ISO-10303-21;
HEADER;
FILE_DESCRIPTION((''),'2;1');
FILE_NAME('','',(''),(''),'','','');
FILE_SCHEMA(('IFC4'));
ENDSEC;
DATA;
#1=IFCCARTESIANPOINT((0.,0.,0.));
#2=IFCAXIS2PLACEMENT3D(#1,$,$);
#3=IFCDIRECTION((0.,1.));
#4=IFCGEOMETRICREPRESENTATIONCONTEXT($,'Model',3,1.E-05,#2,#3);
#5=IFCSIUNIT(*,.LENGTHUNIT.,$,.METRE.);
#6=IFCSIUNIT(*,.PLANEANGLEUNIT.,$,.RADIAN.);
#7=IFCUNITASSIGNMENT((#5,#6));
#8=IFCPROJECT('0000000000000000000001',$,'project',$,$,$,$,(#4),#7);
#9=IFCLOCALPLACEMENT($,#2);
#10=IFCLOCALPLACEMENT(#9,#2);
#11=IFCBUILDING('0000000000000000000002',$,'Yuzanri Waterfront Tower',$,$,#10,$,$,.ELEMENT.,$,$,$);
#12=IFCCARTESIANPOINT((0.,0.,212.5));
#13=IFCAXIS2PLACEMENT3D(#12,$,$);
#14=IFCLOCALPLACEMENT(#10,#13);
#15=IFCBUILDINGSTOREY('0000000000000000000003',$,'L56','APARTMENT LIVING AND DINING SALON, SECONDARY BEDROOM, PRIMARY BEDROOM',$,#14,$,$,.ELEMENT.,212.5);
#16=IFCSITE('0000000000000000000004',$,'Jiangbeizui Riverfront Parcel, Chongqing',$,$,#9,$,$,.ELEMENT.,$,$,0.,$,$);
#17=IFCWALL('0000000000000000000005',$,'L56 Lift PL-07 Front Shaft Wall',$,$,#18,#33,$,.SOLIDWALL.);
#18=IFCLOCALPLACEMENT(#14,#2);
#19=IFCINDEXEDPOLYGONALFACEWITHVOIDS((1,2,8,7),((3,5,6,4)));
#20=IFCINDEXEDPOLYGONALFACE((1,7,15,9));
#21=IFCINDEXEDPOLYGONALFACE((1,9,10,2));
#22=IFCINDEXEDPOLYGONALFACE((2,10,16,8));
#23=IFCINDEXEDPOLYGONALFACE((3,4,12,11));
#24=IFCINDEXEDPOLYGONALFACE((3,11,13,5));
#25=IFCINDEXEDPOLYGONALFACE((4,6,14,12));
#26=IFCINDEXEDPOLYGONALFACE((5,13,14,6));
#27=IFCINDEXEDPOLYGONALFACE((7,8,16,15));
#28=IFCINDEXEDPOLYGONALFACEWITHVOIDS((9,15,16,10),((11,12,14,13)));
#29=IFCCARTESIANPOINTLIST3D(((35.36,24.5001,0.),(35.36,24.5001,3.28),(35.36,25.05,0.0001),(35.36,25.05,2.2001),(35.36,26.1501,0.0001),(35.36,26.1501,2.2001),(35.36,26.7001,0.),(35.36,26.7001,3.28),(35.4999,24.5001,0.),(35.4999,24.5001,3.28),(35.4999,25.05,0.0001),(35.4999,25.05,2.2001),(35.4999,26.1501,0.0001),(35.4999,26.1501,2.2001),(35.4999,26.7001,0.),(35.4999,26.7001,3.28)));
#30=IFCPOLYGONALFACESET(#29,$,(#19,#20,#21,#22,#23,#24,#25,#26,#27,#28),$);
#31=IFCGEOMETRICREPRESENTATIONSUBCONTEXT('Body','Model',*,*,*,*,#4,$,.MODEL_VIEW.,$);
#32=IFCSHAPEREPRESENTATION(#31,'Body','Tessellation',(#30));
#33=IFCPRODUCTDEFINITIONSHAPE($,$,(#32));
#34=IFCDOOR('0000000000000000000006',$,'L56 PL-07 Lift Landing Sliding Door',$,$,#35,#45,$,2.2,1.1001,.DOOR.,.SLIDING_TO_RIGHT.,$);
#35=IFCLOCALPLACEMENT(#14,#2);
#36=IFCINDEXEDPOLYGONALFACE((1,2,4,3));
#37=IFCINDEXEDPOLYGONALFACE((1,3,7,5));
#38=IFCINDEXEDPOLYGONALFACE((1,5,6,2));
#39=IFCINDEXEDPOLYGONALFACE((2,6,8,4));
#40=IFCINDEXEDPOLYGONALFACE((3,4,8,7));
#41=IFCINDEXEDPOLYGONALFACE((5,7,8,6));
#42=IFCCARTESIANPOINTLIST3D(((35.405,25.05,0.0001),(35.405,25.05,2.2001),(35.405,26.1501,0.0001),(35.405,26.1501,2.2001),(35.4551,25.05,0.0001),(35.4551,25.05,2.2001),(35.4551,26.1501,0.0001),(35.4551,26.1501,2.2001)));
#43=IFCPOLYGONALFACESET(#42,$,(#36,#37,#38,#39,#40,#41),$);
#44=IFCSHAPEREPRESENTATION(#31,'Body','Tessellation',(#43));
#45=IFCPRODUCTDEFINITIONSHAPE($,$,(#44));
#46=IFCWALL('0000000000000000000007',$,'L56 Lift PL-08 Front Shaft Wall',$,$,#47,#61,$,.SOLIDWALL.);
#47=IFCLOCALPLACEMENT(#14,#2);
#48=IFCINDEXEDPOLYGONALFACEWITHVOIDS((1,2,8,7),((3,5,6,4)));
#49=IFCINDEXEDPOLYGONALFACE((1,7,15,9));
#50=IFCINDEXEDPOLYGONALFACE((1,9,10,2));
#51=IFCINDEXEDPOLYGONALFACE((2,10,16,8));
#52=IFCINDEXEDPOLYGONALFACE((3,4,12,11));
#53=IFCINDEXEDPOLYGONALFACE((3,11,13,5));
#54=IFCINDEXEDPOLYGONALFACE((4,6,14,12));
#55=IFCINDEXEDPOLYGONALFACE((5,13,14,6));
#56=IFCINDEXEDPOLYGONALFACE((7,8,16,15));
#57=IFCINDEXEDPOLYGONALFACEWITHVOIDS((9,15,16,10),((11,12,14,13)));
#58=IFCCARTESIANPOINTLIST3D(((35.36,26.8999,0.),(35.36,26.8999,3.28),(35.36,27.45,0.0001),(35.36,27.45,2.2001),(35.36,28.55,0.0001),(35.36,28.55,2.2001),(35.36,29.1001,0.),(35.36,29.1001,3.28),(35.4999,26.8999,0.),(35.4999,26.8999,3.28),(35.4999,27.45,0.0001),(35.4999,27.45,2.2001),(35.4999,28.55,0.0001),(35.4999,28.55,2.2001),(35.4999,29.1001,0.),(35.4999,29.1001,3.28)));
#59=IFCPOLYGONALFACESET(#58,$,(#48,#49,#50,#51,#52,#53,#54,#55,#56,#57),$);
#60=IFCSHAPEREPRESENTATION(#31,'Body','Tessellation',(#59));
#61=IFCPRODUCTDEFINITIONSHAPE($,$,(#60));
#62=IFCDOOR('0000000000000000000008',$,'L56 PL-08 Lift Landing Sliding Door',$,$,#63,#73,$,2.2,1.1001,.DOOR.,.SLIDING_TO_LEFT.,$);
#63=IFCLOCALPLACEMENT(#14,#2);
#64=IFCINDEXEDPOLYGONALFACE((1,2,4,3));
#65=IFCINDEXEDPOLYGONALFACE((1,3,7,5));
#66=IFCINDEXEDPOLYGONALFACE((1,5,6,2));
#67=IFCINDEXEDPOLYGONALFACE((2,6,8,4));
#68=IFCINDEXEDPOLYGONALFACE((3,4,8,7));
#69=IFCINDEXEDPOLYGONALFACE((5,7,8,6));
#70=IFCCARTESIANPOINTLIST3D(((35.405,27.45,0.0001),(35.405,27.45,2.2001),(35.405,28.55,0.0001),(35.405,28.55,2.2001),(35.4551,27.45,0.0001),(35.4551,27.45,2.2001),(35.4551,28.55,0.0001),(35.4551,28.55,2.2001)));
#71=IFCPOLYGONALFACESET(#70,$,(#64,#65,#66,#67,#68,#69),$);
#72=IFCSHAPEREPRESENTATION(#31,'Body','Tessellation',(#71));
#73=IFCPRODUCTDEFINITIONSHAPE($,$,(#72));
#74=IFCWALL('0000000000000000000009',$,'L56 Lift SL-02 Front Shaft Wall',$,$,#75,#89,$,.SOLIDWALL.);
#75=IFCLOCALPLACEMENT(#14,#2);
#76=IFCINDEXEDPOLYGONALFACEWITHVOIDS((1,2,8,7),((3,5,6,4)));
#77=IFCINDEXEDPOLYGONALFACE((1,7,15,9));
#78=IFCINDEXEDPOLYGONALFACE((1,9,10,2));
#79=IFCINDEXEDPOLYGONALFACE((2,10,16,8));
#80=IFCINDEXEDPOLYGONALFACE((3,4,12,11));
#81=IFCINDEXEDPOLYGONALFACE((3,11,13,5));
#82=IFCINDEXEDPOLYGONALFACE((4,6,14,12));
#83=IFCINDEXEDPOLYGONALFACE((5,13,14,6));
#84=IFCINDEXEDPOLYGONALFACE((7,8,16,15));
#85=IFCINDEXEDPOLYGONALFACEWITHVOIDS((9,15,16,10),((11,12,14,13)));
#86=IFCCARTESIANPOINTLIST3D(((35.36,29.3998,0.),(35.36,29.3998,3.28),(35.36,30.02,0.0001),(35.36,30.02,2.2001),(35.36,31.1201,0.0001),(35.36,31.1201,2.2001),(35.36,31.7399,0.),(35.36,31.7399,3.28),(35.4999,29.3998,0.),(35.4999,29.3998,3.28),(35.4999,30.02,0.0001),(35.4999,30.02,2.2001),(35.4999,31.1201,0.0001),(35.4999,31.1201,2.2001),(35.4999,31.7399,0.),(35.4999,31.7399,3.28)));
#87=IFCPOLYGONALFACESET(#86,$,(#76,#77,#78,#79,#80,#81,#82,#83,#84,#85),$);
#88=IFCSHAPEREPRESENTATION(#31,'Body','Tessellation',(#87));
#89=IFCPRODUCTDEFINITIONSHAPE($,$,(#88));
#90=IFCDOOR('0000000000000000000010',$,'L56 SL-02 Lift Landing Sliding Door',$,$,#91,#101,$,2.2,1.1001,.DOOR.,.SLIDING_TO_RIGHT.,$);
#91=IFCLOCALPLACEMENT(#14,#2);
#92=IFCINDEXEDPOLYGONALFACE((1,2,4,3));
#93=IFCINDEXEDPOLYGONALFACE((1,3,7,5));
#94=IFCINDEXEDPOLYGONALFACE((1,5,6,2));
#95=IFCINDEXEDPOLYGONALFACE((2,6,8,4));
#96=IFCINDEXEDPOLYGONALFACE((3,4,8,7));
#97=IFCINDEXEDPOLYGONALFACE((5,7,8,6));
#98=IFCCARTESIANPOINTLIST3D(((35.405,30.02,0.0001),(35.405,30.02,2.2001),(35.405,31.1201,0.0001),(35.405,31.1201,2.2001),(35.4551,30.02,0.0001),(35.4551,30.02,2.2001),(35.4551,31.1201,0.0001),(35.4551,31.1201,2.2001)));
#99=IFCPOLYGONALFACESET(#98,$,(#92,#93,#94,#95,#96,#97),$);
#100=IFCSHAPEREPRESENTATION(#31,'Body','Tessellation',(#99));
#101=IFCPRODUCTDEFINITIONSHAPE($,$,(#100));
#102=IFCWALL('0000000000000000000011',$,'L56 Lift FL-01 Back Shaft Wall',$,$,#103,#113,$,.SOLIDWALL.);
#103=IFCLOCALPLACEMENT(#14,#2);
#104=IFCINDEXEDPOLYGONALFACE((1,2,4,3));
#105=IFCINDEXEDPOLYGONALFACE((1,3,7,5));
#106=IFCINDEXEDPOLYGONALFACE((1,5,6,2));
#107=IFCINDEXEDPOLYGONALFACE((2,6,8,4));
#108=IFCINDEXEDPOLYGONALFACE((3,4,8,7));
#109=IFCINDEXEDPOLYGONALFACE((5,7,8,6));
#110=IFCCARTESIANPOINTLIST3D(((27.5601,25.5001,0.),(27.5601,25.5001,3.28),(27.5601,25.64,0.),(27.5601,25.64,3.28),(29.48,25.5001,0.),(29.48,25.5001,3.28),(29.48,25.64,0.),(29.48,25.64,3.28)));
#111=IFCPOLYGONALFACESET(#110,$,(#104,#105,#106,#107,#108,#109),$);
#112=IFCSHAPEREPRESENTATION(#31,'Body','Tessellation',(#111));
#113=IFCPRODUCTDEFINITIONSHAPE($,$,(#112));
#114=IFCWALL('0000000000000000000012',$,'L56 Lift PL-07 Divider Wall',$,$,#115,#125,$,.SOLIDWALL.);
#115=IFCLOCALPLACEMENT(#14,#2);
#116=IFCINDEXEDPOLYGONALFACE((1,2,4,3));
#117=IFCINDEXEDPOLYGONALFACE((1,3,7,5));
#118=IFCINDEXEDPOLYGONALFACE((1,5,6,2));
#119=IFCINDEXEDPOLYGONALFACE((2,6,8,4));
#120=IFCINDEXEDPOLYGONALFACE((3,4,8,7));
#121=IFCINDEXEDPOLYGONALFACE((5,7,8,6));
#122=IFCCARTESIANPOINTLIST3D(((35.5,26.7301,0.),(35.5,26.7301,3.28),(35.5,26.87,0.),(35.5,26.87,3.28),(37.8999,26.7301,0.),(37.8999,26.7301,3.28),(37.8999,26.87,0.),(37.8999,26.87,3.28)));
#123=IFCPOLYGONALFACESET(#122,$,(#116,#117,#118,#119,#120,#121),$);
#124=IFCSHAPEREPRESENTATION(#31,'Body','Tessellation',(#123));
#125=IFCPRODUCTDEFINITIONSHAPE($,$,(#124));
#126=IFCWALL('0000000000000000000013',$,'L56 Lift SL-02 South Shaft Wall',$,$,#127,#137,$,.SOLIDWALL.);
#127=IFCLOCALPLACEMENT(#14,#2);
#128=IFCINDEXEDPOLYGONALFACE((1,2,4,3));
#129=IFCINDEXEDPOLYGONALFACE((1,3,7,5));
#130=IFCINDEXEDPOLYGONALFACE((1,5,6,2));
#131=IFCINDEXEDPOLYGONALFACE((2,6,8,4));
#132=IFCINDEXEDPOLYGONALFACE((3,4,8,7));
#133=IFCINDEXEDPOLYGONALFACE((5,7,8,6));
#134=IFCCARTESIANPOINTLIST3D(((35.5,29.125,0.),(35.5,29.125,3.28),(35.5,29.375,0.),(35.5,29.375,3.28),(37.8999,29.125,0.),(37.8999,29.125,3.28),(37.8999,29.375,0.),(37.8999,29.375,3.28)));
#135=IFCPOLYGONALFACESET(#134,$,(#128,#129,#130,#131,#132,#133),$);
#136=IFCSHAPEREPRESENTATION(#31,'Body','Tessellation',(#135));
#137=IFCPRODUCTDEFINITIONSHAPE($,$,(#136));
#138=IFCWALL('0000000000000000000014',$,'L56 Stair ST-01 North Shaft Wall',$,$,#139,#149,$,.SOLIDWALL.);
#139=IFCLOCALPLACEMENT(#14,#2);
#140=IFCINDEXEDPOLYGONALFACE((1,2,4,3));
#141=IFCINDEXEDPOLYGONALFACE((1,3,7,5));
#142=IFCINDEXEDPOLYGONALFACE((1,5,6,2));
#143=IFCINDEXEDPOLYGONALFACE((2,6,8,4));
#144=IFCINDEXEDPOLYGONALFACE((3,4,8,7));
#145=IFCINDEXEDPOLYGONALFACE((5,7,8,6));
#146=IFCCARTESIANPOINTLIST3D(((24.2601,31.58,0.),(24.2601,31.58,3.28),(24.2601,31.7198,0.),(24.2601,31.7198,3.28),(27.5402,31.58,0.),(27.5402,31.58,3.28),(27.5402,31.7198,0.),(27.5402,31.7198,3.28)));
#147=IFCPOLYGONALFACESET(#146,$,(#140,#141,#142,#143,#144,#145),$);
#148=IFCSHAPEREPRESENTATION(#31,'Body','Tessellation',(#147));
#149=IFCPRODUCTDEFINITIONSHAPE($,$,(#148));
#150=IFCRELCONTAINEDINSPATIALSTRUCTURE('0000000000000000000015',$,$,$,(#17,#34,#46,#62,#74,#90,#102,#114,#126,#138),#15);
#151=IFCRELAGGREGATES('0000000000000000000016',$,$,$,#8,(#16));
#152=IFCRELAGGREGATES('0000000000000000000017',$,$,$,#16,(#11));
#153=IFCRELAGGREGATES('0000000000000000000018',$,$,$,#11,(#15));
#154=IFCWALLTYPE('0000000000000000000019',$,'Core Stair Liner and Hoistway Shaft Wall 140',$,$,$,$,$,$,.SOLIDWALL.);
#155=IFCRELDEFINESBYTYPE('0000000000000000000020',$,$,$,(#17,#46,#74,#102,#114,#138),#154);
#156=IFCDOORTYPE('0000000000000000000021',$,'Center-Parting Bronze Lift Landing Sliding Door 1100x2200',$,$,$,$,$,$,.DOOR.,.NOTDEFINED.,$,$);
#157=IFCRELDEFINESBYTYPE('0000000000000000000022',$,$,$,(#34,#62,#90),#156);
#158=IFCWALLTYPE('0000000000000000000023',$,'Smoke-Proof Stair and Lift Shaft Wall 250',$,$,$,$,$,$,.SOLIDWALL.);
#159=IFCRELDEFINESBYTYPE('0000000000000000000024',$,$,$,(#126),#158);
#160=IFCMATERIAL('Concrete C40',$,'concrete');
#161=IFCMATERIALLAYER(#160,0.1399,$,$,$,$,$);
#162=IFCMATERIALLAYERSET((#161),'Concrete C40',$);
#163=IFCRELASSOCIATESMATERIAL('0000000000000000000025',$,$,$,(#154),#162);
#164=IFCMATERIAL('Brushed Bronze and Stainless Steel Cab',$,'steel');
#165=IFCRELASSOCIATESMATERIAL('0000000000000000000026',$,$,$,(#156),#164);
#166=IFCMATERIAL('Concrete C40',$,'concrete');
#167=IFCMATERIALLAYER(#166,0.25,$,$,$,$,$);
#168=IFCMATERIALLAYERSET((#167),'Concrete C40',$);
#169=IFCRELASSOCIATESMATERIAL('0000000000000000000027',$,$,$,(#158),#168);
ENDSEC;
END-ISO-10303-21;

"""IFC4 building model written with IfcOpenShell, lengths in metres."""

from ifc_helpers import new_model, si_unit, direction, frame, frame_2d, origin, place, context, subcontext, project, spatial, rectangle, extrude, source, transform, mapped, material, layer, layer_set, type_object, element, fill, save


model = new_model("IFC4")

# Units and contexts
model_context = context("Model", 3, precision=1e-05, world=origin(), true_north=direction((0.0, 1.0)))
body_context = subcontext(model_context, "Body", "Model", "MODEL_VIEW")
ifc_project = project(units=[si_unit("LENGTHUNIT", "METRE"), si_unit("PLANEANGLEUNIT", "RADIAN")], contexts=[model_context])

# Site, building, storey
site_placement = place(None, origin())
site = spatial("IfcSite", under=ifc_project, at=site_placement, Name="Jiangbeizui Riverfront Parcel, Chongqing", CompositionType="ELEMENT", RefElevation=0.0)
building_placement = place(site_placement, origin())
building = spatial("IfcBuilding", under=site, at=building_placement, Name="Yuzanri Waterfront Tower", CompositionType="ELEMENT")
storey_placement = place(building_placement, frame((0.0, 0.0, 212.5)))
storey = spatial("IfcBuildingStorey", under=building, at=storey_placement, Name="L56", Description="APARTMENT LIVING AND DINING SALON, SECONDARY BEDROOM, PRIMARY BEDROOM", CompositionType="ELEMENT", Elevation=212.5)

# Walls, openings, doors
ifc_material_1 = material(Name="Concrete C40", Category="concrete")
ifc_layer_1 = layer(ifc_material_1, 0.1399)
ifc_layer_set_1 = layer_set([ifc_layer_1], Name="Concrete C40")
wall_type_1 = type_object("IfcWallType", Name="Core Stair Liner and Hoistway Shaft Wall 140", PredefinedType="SOLIDWALL", material=ifc_layer_set_1)
wall_1_placement = place(storey_placement, frame((35.4299, 24.5, 0.0), z_axis=(0.0, 0.0, 1.0), x_axis=(0.0, 1.0, 0.0)))
wall_1 = element("IfcWall", 1, at=wall_1_placement, inside=storey, type_object=wall_type_1, Name="L56 Lift PL-07 Front Shaft Wall", PredefinedType="SOLIDWALL", context=body_context, shape_type="SweptSolid", body=[
    extrude(rectangle(XDim=2.2, YDim=0.1399, at=frame_2d((1.1001, 0.0))), origin(), (0.0, 0.0, 1.0), 3.28),
])
opening_1_placement = place(wall_1_placement, frame((0.55, 0.0, 0.0)))
opening_1 = element("IfcOpeningElement", 2, at=opening_1_placement, cuts=wall_1, PredefinedType="OPENING", context=body_context, shape_type="SweptSolid", body=[
    extrude(rectangle(XDim=1.1001, YDim=2.2, at=frame_2d((0.55, 1.1001))), frame((0.0, 0.085, 0.0), z_axis=(0.0, -1.0, 0.0), x_axis=(1.0, 0.0, 0.0)), (0.0, 0.0, 1.0), 0.1697),
])
ifc_material_2 = material(Name="Brushed Bronze and Stainless Steel Cab", Category="steel")
door_type_1 = type_object("IfcDoorType", Name="Center-Parting Bronze Lift Landing Sliding Door 1100x2200", OperationType="NOTDEFINED", PredefinedType="DOOR", material=ifc_material_2)
shared_shape_1 = source(origin(), body_context, "Body", "SweptSolid", [
    extrude(rectangle(XDim=1.1001, YDim=2.2, at=frame_2d((0.55, 1.1001))), frame((0.0, 0.0249, 0.0), z_axis=(0.0, -1.0, 0.0), x_axis=(1.0, 0.0, 0.0)), (0.0, 0.0, 1.0), 0.05),
])
door_1_placement = place(opening_1_placement, origin())
door_1 = element("IfcDoor", 3, at=door_1_placement, inside=storey, type_object=door_type_1, Name="L56 PL-07 Lift Landing Sliding Door", OperationType="SLIDING_TO_RIGHT", OverallHeight=2.2, OverallWidth=1.1001, PredefinedType="DOOR", context=body_context, shape_type="MappedRepresentation", body=[
    mapped(shared_shape_1, transform((0.0, 0.0, 0.0), scale=1.0)),
])
fill(opening_1, door_1)
wall_2_placement = place(storey_placement, frame((35.4299, 26.8999, 0.0), z_axis=(0.0, 0.0, 1.0), x_axis=(0.0, 1.0, 0.0)))
wall_2 = element("IfcWall", 4, at=wall_2_placement, inside=storey, type_object=wall_type_1, Name="L56 Lift PL-08 Front Shaft Wall", PredefinedType="SOLIDWALL", context=body_context, shape_type="SweptSolid", body=[
    extrude(rectangle(XDim=2.2002, YDim=0.1399, at=frame_2d((1.1001, 0.0))), origin(), (0.0, 0.0, 1.0), 3.28),
])
opening_2_placement = place(wall_2_placement, frame((0.55, 0.0, 0.0)))
opening_2 = element("IfcOpeningElement", 5, at=opening_2_placement, cuts=wall_2, PredefinedType="OPENING", context=body_context, shape_type="SweptSolid", body=[
    extrude(rectangle(XDim=1.1001, YDim=2.2, at=frame_2d((0.55, 1.1001))), frame((0.0, 0.085, 0.0), z_axis=(0.0, -1.0, 0.0), x_axis=(1.0, 0.0, 0.0)), (0.0, 0.0, 1.0), 0.1697),
])
door_2_placement = place(opening_2_placement, origin())
door_2 = element("IfcDoor", 6, at=door_2_placement, inside=storey, type_object=door_type_1, Name="L56 PL-08 Lift Landing Sliding Door", OperationType="SLIDING_TO_LEFT", OverallHeight=2.2, OverallWidth=1.1001, PredefinedType="DOOR", context=body_context, shape_type="MappedRepresentation", body=[
    mapped(shared_shape_1, transform((0.0, 0.0, 0.0), scale=1.0)),
])
fill(opening_2, door_2)
wall_3_placement = place(storey_placement, frame((35.4299, 29.3999, 0.0), z_axis=(0.0, 0.0, 1.0), x_axis=(0.0, 1.0, 0.0)))
wall_3 = element("IfcWall", 7, at=wall_3_placement, inside=storey, type_object=wall_type_1, Name="L56 Lift SL-02 Front Shaft Wall", PredefinedType="SOLIDWALL", context=body_context, shape_type="SweptSolid", body=[
    extrude(rectangle(XDim=2.3401, YDim=0.1399, at=frame_2d((1.1699, 0.0))), origin(), (0.0, 0.0, 1.0), 3.28),
])
opening_3_placement = place(wall_3_placement, frame((0.6201, 0.0, 0.0)))
opening_3 = element("IfcOpeningElement", 8, at=opening_3_placement, cuts=wall_3, PredefinedType="OPENING", context=body_context, shape_type="SweptSolid", body=[
    extrude(rectangle(XDim=1.1001, YDim=2.2, at=frame_2d((0.55, 1.1001))), frame((0.0, 0.085, 0.0), z_axis=(0.0, -1.0, 0.0), x_axis=(1.0, 0.0, 0.0)), (0.0, 0.0, 1.0), 0.1697),
])
door_3_placement = place(opening_3_placement, origin())
door_3 = element("IfcDoor", 9, at=door_3_placement, inside=storey, type_object=door_type_1, Name="L56 SL-02 Lift Landing Sliding Door", OperationType="SLIDING_TO_RIGHT", OverallHeight=2.2, OverallWidth=1.1001, PredefinedType="DOOR", context=body_context, shape_type="MappedRepresentation", body=[
    mapped(shared_shape_1, transform((0.0, 0.0, 0.0), scale=1.0)),
])
fill(opening_3, door_3)

# Walls
shared_shape_2 = source(origin(), body_context, "Body", "SweptSolid", [
    extrude(rectangle(XDim=1.9199, YDim=0.1399, at=frame_2d((0.96, 0.0))), origin(), (0.0, 0.0, 1.0), 3.28),
])
wall_4_placement = place(storey_placement, frame((27.5601, 25.5701, 0.0), z_axis=(0.0, 0.0, 1.0), x_axis=(1.0, 0.0, 0.0)))
element("IfcWall", 10, at=wall_4_placement, inside=storey, type_object=wall_type_1, Name="L56 Lift FL-01 Back Shaft Wall", PredefinedType="SOLIDWALL", context=body_context, shape_type="MappedRepresentation", body=[
    mapped(shared_shape_2, transform((0.0, 0.0, 0.0), scale=1.0)),
])
shared_shape_3 = source(origin(), body_context, "Body", "SweptSolid", [
    extrude(rectangle(XDim=2.3999, YDim=0.1399, at=frame_2d((1.2, 0.0))), origin(), (0.0, 0.0, 1.0), 3.28),
])
wall_5_placement = place(storey_placement, frame((35.5, 26.8, 0.0), z_axis=(0.0, 0.0, 1.0), x_axis=(1.0, 0.0, 0.0)))
element("IfcWall", 11, at=wall_5_placement, inside=storey, type_object=wall_type_1, Name="L56 Lift PL-07 Divider Wall", PredefinedType="SOLIDWALL", context=body_context, shape_type="MappedRepresentation", body=[
    mapped(shared_shape_3, transform((0.0, 0.0, 0.0), scale=1.0)),
])
ifc_material_3 = material(Name="Concrete C40", Category="concrete")
ifc_layer_2 = layer(ifc_material_3, 0.25)
ifc_layer_set_2 = layer_set([ifc_layer_2], Name="Concrete C40")
wall_type_2 = type_object("IfcWallType", Name="Smoke-Proof Stair and Lift Shaft Wall 250", PredefinedType="SOLIDWALL", material=ifc_layer_set_2)
shared_shape_4 = source(origin(), body_context, "Body", "SweptSolid", [
    extrude(rectangle(XDim=2.3999, YDim=0.25, at=frame_2d((1.2, 0.0))), origin(), (0.0, 0.0, 1.0), 3.28),
])
wall_6_placement = place(storey_placement, frame((35.5, 29.25, 0.0), z_axis=(0.0, 0.0, 1.0), x_axis=(1.0, 0.0, 0.0)))
element("IfcWall", 12, at=wall_6_placement, inside=storey, type_object=wall_type_2, Name="L56 Lift SL-02 South Shaft Wall", PredefinedType="SOLIDWALL", context=body_context, shape_type="MappedRepresentation", body=[
    mapped(shared_shape_4, transform((0.0, 0.0, 0.0), scale=1.0)),
])
shared_shape_5 = source(origin(), body_context, "Body", "SweptSolid", [
    extrude(rectangle(XDim=3.28, YDim=0.1399, at=frame_2d((1.6401, 0.0))), origin(), (0.0, 0.0, 1.0), 3.28),
])
wall_7_placement = place(storey_placement, frame((24.26, 31.6499, 0.0), z_axis=(0.0, 0.0, 1.0), x_axis=(1.0, 0.0, 0.0)))
element("IfcWall", 13, at=wall_7_placement, inside=storey, type_object=wall_type_1, Name="L56 Stair ST-01 North Shaft Wall", PredefinedType="SOLIDWALL", context=body_context, shape_type="MappedRepresentation", body=[
    mapped(shared_shape_5, transform((0.0, 0.0, 0.0), scale=1.0)),
])

save(model, "model.ifc")
